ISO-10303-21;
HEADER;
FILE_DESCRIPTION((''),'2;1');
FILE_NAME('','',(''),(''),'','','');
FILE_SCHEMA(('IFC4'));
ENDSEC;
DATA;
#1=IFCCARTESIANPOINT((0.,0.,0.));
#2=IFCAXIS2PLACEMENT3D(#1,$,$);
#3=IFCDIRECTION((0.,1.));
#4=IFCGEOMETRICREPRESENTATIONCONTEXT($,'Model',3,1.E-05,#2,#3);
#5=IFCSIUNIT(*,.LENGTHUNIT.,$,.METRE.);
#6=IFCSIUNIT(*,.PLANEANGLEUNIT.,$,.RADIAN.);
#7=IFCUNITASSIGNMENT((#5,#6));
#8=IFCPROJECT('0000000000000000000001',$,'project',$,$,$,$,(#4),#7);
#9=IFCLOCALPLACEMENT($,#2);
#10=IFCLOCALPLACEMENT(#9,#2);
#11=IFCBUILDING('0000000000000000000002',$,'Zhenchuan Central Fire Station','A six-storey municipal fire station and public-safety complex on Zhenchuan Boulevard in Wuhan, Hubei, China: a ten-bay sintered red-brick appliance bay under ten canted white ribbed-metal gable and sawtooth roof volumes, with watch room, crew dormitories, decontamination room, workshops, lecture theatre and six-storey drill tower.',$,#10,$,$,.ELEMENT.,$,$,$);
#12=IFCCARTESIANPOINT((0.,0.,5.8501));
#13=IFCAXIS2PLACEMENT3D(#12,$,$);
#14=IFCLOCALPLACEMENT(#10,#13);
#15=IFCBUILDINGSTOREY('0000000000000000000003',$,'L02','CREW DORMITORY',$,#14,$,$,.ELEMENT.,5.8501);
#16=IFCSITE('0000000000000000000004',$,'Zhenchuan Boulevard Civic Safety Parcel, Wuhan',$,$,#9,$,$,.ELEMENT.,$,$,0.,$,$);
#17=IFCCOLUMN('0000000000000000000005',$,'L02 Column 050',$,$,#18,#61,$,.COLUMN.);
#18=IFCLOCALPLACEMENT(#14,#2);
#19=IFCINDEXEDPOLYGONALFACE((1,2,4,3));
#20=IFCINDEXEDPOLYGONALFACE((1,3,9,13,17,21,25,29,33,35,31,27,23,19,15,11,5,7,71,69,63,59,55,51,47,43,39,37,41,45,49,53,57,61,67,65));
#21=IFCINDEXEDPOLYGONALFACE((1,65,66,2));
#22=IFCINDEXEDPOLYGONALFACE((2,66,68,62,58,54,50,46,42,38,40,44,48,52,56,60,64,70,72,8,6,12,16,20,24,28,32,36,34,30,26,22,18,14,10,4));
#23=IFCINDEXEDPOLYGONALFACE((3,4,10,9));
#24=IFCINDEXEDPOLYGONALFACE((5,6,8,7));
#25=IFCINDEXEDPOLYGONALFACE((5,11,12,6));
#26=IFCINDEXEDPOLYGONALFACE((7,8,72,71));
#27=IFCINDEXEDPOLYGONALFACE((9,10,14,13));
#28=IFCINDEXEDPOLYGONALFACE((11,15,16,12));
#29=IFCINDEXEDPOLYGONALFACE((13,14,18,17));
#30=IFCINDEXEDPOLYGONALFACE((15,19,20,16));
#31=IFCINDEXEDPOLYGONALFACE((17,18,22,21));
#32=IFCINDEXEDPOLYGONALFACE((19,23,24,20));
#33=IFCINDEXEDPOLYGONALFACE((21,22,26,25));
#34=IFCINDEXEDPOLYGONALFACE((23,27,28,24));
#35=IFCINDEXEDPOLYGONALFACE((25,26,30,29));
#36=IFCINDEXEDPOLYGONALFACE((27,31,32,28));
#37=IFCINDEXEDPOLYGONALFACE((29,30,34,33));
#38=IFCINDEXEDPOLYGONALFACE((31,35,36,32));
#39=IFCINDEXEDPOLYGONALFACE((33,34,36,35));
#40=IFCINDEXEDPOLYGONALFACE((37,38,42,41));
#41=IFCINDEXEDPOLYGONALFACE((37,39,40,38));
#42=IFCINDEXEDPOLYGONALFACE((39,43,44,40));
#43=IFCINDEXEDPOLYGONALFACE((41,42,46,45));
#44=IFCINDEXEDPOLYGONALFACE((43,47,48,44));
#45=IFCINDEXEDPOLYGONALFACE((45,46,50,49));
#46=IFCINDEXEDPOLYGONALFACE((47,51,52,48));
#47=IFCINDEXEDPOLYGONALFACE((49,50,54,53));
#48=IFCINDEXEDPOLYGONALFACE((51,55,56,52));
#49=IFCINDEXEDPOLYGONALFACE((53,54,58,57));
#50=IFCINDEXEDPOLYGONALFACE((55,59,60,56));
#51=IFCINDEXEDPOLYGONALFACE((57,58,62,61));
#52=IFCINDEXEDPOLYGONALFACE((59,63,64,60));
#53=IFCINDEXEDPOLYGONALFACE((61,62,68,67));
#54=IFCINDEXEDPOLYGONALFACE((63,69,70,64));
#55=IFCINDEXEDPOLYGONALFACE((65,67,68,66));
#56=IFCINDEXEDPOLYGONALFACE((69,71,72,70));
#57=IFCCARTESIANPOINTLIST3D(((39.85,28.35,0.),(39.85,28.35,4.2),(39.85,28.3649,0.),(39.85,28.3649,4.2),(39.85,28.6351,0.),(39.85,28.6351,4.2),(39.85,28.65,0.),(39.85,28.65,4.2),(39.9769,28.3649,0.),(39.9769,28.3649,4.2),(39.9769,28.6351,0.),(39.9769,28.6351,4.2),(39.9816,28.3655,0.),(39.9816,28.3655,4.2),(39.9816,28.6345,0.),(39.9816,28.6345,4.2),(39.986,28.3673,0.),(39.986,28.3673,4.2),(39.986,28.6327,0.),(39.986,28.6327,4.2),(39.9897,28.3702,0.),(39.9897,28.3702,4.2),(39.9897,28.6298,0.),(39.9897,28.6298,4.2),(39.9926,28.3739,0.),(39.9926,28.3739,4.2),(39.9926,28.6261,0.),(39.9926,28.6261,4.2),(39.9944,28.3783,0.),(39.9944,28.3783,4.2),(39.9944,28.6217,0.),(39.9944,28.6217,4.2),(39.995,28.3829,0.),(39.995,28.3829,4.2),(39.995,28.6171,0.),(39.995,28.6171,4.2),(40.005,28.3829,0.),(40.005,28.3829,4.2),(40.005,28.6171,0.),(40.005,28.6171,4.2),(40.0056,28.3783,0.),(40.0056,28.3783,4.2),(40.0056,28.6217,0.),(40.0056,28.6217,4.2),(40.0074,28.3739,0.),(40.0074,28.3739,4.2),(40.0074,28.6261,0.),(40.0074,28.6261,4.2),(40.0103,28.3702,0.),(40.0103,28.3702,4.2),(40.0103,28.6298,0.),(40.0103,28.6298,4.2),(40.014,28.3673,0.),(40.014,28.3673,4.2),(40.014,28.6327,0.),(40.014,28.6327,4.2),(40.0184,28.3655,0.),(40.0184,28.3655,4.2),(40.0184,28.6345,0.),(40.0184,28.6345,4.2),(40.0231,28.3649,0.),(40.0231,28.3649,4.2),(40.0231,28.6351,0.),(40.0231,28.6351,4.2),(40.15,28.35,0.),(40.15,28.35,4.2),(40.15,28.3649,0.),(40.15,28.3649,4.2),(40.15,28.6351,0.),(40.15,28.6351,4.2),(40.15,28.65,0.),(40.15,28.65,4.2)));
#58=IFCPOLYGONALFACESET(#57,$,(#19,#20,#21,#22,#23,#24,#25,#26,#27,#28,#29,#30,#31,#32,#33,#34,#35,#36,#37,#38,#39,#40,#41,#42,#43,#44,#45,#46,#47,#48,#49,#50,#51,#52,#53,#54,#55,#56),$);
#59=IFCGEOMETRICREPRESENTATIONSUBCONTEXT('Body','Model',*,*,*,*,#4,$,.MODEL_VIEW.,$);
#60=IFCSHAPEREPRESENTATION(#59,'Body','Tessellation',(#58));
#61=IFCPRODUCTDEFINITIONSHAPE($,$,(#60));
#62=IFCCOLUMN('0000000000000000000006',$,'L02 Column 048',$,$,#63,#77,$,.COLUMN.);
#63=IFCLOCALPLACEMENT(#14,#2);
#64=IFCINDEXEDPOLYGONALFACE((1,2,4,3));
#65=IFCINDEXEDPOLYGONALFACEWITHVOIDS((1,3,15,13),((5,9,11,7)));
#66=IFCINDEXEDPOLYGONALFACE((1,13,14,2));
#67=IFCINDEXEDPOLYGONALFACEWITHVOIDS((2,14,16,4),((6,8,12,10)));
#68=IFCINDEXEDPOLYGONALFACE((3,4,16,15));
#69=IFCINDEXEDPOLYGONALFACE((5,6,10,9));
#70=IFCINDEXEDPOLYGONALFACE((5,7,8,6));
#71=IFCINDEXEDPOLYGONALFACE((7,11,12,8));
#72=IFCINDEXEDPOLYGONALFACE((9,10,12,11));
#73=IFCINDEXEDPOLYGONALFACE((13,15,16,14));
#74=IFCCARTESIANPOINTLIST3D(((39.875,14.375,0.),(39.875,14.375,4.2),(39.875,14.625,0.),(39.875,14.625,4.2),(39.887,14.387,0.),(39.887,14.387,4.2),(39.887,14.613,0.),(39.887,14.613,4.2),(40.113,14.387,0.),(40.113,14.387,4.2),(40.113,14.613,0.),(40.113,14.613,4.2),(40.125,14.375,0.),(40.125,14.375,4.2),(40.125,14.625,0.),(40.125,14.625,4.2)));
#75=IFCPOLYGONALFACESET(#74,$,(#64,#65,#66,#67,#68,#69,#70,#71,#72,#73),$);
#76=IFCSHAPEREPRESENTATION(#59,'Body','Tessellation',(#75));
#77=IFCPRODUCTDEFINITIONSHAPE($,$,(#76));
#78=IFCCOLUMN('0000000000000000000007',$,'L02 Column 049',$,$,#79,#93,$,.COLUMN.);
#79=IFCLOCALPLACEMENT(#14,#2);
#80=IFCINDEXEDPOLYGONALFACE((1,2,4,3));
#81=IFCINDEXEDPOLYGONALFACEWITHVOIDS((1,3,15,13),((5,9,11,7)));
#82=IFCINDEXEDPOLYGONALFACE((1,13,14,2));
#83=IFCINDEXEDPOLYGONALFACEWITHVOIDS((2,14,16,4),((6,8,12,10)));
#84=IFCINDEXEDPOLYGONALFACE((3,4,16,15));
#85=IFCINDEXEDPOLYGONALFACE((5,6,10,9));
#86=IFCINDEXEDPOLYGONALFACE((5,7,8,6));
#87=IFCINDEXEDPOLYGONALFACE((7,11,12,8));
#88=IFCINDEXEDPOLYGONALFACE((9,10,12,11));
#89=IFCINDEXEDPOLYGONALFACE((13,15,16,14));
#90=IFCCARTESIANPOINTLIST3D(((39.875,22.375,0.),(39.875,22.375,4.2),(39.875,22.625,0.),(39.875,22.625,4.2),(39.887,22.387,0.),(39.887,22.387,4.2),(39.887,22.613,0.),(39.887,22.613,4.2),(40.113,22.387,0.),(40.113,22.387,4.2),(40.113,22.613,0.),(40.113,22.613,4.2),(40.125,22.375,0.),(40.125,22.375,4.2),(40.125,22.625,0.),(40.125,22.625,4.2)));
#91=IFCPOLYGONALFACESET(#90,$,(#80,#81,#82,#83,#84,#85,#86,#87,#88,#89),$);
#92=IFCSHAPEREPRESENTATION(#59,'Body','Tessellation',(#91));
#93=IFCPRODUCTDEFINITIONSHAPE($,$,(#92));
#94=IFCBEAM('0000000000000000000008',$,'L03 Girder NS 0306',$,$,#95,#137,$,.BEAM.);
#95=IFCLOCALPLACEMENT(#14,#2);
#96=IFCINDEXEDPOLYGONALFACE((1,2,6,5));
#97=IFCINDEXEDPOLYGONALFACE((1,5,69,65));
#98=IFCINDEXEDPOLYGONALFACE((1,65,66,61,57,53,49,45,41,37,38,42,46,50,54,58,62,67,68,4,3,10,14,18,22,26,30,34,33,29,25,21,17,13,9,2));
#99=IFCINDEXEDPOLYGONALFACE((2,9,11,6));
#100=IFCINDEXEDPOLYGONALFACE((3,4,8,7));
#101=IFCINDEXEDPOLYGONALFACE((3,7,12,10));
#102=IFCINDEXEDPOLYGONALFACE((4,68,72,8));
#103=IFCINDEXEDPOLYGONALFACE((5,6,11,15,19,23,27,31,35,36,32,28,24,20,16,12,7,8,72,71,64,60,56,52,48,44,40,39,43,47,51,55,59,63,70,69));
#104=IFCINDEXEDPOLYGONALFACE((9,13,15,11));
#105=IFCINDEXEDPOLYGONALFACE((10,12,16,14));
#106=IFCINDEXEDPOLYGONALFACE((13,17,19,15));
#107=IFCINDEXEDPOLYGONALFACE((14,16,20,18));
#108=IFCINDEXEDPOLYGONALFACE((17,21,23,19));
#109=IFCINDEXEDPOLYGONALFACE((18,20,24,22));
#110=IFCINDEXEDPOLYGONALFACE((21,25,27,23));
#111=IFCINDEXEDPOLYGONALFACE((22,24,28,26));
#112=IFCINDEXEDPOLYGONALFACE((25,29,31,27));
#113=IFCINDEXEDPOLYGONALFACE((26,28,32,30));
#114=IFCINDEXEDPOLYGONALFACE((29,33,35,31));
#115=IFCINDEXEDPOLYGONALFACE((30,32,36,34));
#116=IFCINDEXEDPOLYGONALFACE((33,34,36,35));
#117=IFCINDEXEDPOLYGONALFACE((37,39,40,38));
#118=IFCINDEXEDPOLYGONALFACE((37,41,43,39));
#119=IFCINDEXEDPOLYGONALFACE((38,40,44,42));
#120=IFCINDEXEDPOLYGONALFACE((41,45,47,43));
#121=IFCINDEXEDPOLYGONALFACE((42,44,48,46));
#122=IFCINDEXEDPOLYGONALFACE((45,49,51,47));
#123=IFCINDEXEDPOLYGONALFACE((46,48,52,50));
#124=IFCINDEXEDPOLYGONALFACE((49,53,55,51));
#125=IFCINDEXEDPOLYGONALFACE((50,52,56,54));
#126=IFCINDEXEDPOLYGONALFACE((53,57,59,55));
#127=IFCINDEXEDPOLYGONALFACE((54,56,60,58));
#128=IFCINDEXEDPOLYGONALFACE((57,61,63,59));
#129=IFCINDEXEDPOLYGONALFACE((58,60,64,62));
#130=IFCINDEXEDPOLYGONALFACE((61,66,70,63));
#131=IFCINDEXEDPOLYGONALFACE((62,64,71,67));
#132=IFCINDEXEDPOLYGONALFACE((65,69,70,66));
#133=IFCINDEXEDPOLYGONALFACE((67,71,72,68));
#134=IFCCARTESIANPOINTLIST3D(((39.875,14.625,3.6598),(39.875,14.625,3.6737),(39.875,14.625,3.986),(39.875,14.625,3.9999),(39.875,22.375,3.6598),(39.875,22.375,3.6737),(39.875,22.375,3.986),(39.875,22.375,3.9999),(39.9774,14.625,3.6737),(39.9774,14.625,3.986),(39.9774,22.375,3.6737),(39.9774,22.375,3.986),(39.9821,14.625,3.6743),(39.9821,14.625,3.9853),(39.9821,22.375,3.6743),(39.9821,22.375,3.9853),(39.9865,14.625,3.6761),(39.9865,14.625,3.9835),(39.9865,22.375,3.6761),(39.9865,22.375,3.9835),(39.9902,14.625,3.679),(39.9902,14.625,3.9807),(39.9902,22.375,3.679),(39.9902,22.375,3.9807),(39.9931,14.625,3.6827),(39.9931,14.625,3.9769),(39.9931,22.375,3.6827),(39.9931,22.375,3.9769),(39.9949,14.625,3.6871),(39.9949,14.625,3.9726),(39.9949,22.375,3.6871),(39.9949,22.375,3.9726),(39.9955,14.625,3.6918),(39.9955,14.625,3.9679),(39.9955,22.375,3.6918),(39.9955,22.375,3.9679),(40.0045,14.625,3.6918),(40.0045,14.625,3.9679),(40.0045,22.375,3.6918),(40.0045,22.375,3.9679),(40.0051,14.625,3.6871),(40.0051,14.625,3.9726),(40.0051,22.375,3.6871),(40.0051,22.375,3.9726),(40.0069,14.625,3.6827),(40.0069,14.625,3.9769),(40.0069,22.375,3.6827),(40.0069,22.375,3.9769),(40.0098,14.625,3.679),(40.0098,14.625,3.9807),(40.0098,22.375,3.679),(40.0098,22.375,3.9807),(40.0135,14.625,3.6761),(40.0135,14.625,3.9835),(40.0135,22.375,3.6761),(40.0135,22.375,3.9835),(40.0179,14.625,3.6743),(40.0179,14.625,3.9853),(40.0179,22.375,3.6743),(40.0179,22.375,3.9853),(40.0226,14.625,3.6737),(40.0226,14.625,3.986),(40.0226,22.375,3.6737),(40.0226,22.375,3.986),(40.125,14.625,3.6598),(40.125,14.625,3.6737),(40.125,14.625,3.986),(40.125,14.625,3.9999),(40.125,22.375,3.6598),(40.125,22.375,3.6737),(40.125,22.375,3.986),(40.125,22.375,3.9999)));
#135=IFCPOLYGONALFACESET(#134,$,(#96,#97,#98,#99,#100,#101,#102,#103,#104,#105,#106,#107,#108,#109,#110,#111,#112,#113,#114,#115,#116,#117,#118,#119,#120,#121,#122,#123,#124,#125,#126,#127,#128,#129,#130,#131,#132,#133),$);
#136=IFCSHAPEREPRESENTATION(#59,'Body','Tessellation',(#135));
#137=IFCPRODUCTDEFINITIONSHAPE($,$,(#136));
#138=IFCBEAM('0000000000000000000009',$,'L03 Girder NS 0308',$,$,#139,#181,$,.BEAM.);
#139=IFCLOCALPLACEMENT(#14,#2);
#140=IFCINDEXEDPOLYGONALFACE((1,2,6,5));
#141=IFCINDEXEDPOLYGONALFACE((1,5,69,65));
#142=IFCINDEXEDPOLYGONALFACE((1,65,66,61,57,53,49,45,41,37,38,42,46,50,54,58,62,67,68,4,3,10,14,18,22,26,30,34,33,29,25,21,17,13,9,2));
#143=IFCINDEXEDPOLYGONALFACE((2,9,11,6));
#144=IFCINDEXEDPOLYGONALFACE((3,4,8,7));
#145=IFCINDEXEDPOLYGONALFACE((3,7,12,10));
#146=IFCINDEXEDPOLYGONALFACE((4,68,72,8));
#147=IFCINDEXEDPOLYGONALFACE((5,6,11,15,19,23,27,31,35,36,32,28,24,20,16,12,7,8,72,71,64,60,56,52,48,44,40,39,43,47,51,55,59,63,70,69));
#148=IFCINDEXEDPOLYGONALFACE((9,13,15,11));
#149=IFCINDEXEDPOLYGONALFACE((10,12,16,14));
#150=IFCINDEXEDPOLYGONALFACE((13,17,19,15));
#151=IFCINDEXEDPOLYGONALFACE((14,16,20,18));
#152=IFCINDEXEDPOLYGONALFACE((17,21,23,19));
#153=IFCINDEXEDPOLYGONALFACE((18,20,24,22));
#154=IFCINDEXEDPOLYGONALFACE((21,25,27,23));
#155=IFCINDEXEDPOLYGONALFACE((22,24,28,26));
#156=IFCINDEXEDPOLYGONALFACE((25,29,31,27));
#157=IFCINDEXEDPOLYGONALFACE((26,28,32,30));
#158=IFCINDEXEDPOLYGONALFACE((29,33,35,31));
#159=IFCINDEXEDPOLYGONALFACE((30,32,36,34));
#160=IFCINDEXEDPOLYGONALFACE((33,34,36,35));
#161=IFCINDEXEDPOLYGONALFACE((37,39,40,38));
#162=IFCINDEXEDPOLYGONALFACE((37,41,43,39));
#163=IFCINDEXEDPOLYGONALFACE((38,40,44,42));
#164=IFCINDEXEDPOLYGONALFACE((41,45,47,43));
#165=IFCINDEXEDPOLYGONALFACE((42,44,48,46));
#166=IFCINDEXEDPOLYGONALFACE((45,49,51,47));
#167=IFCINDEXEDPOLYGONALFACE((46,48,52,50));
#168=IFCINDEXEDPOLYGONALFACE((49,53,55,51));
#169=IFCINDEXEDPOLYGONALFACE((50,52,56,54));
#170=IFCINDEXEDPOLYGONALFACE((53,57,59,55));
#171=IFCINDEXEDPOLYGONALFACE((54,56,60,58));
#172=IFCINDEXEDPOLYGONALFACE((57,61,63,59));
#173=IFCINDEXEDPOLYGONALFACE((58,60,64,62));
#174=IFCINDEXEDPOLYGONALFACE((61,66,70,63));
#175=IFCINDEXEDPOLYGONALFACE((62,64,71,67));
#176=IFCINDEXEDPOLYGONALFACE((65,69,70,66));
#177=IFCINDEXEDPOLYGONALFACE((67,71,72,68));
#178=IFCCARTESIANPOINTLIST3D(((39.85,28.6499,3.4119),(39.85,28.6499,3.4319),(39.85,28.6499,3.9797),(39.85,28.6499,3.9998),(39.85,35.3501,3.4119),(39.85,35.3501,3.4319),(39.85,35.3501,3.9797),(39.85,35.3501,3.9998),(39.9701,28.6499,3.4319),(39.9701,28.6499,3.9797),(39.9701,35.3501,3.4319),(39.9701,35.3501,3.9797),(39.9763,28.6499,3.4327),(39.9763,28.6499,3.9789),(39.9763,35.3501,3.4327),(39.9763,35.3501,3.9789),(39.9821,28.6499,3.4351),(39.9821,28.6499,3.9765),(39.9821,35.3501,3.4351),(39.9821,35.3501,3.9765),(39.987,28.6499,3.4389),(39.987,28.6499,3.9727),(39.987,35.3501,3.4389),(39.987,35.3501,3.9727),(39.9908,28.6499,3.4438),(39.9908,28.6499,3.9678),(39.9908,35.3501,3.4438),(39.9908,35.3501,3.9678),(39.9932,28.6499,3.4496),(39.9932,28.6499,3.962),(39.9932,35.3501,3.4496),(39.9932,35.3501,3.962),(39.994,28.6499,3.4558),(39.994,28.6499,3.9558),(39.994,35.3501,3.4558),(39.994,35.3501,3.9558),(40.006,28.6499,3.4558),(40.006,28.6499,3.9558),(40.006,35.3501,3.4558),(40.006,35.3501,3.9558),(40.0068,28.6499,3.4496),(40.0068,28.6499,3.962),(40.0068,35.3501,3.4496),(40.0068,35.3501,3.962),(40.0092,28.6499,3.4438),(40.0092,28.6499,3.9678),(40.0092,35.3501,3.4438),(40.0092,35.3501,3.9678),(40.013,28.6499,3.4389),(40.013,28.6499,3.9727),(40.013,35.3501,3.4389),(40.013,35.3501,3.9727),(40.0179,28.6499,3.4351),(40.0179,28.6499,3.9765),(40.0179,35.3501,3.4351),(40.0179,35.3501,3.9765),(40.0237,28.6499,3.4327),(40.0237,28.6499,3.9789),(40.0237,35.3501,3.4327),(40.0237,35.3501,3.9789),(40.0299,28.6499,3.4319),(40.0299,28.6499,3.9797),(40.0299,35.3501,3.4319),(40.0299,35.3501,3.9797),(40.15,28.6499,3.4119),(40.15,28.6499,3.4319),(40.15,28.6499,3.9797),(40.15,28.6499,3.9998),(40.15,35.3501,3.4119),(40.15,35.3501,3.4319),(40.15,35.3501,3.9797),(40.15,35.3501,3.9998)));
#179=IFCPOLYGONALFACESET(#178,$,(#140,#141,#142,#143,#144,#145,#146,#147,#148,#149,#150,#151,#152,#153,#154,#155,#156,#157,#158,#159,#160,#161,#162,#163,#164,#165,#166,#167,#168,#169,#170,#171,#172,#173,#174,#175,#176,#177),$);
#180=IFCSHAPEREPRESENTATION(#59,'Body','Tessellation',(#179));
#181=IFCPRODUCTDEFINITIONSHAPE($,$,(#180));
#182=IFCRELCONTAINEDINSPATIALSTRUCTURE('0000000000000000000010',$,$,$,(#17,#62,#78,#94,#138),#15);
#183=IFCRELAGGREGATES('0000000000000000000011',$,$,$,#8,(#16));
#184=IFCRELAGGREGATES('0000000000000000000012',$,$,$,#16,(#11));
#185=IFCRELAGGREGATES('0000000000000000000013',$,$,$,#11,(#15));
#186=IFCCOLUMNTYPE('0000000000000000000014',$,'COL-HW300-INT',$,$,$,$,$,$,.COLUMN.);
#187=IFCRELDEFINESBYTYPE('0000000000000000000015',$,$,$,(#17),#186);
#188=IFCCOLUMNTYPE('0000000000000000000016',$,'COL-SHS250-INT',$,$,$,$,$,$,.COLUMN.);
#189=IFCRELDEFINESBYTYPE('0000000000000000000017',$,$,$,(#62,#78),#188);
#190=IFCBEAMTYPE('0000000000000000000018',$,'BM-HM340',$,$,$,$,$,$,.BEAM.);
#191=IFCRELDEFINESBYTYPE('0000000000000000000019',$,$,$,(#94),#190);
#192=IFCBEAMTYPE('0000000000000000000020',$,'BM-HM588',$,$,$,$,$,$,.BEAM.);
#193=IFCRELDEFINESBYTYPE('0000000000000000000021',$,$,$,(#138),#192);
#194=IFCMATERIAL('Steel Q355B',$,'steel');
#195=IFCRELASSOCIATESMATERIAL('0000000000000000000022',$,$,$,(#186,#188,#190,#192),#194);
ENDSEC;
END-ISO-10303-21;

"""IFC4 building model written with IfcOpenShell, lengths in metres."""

from ifc_helpers import new_model, si_unit, direction, frame, origin, origin_2d, place, context, subcontext, project, spatial, hollow_rectangle, i_section, extrude, material, material_profile, profile_set, type_object, element, save


model = new_model("IFC4")

# Units and contexts
model_context = context("Model", 3, precision=1e-05, world=origin(), true_north=direction((0.0, 1.0)))
body_context = subcontext(model_context, "Body", "Model", "MODEL_VIEW")
ifc_project = project(units=[si_unit("LENGTHUNIT", "METRE"), si_unit("PLANEANGLEUNIT", "RADIAN")], contexts=[model_context])

# Site, building, storey
site_placement = place(None, origin())
site = spatial("IfcSite", under=ifc_project, at=site_placement, Name="Zhenchuan Boulevard Civic Safety Parcel, Wuhan", CompositionType="ELEMENT", RefElevation=0.0)
building_placement = place(site_placement, origin())
building = spatial("IfcBuilding", under=site, at=building_placement, Name="Zhenchuan Central Fire Station", Description="A six-storey municipal fire station and public-safety complex on Zhenchuan Boulevard in Wuhan, Hubei, China: a ten-bay sintered red-brick appliance bay under ten canted white ribbed-metal gable and sawtooth roof volumes, with watch room, crew dormitories, decontamination room, workshops, lecture theatre and six-storey drill tower.", CompositionType="ELEMENT")
storey_placement = place(building_placement, frame((0.0, 0.0, 5.8501)))
storey = spatial("IfcBuildingStorey", under=building, at=storey_placement, Name="L02", Description="CREW DORMITORY", CompositionType="ELEMENT", Elevation=5.8501)

# Columns
ifc_material_1 = material(Name="Steel Q355B", Category="steel")
ifc_material_profile_1 = material_profile(ifc_material_1, i_section(OverallWidth=0.3, OverallDepth=0.3, WebThickness=0.01, FlangeThickness=0.0149, FilletRadius=0.0181, at=origin_2d()), Name="HW 300x300")
ifc_profile_set_1 = profile_set([ifc_material_profile_1], Name="Steel Q355B")
column_type_1 = type_object("IfcColumnType", Name="COL-HW300-INT", PredefinedType="COLUMN", material=ifc_profile_set_1)
column_placement = place(storey_placement, frame((40.0, 28.5, 0.0), z_axis=(0.0, 0.0, 1.0), x_axis=(1.0, 0.0, 0.0)))
element("IfcColumn", 1, at=column_placement, inside=storey, type_object=column_type_1, Name="L02 Column 050", PredefinedType="COLUMN", context=body_context, shape_type="SweptSolid", body=[
    extrude(i_section(OverallWidth=0.3, OverallDepth=0.3, WebThickness=0.01, FlangeThickness=0.0149, FilletRadius=0.0181, at=origin_2d()), origin(), (0.0, 0.0, 1.0), 4.2),
])
ifc_material_profile_2 = material_profile(ifc_material_1, hollow_rectangle(XDim=0.25, YDim=0.25, WallThickness=0.012, at=origin_2d()), Name="SHS 250x250x12")
ifc_profile_set_2 = profile_set([ifc_material_profile_2], Name="Steel Q355B")
column_type_2 = type_object("IfcColumnType", Name="COL-SHS250-INT", PredefinedType="COLUMN", material=ifc_profile_set_2)
for number, where, z_axis, x_axis, name in (
    (2, (40.0, 14.5, 0.0), (0.0, 0.0, 1.0), (1.0, 0.0, 0.0), "L02 Column 048"),
    (3, (40.0, 22.5, 0.0), (0.0, 0.0, 1.0), (1.0, 0.0, 0.0), "L02 Column 049"),
):
    element("IfcColumn", number, at=place(storey_placement, frame(where, z_axis=z_axis, x_axis=x_axis)), inside=storey, type_object=column_type_2, Name=name, PredefinedType="COLUMN", context=body_context, shape_type="SweptSolid", body=[
        extrude(hollow_rectangle(XDim=0.25, YDim=0.25, WallThickness=0.012, at=origin_2d()), origin(), (0.0, 0.0, 1.0), 4.2),
    ])

# Beams
ifc_material_profile_3 = material_profile(ifc_material_1, i_section(OverallWidth=0.25, OverallDepth=0.3401, WebThickness=0.009, FlangeThickness=0.0139, FilletRadius=0.0181, at=origin_2d()), Name="HM 340x250")
ifc_profile_set_3 = profile_set([ifc_material_profile_3], Name="Steel Q355B")
beam_type_1 = type_object("IfcBeamType", Name="BM-HM340", PredefinedType="BEAM", material=ifc_profile_set_3)
beam_1_placement = place(storey_placement, frame((40.0, 14.625, 3.8298), z_axis=(0.0, 1.0, 0.0), x_axis=(-1.0, 0.0, 0.0)))
element("IfcBeam", 4, at=beam_1_placement, inside=storey, type_object=beam_type_1, Name="L03 Girder NS 0306", PredefinedType="BEAM", context=body_context, shape_type="SweptSolid", body=[
    extrude(i_section(OverallWidth=0.25, OverallDepth=0.3401, WebThickness=0.009, FlangeThickness=0.0139, FilletRadius=0.0181, at=origin_2d()), origin(), (0.0, 0.0, 1.0), 7.75),
])
ifc_material_profile_4 = material_profile(ifc_material_1, i_section(OverallWidth=0.3, OverallDepth=0.5879, WebThickness=0.012, FlangeThickness=0.02, FilletRadius=0.0239, at=origin_2d()), Name="HM 588x300")
ifc_profile_set_4 = profile_set([ifc_material_profile_4], Name="Steel Q355B")
beam_type_2 = type_object("IfcBeamType", Name="BM-HM588", PredefinedType="BEAM", material=ifc_profile_set_4)
beam_2_placement = place(storey_placement, frame((40.0, 28.6499, 3.7058), z_axis=(0.0, 1.0, 0.0), x_axis=(-1.0, 0.0, 0.0)))
element("IfcBeam", 5, at=beam_2_placement, inside=storey, type_object=beam_type_2, Name="L03 Girder NS 0308", PredefinedType="BEAM", context=body_context, shape_type="SweptSolid", body=[
    extrude(i_section(OverallWidth=0.3, OverallDepth=0.5879, WebThickness=0.012, FlangeThickness=0.02, FilletRadius=0.0239, at=origin_2d()), origin(), (0.0, 0.0, 1.0), 6.7002),
])

save(model, "model.ifc")
